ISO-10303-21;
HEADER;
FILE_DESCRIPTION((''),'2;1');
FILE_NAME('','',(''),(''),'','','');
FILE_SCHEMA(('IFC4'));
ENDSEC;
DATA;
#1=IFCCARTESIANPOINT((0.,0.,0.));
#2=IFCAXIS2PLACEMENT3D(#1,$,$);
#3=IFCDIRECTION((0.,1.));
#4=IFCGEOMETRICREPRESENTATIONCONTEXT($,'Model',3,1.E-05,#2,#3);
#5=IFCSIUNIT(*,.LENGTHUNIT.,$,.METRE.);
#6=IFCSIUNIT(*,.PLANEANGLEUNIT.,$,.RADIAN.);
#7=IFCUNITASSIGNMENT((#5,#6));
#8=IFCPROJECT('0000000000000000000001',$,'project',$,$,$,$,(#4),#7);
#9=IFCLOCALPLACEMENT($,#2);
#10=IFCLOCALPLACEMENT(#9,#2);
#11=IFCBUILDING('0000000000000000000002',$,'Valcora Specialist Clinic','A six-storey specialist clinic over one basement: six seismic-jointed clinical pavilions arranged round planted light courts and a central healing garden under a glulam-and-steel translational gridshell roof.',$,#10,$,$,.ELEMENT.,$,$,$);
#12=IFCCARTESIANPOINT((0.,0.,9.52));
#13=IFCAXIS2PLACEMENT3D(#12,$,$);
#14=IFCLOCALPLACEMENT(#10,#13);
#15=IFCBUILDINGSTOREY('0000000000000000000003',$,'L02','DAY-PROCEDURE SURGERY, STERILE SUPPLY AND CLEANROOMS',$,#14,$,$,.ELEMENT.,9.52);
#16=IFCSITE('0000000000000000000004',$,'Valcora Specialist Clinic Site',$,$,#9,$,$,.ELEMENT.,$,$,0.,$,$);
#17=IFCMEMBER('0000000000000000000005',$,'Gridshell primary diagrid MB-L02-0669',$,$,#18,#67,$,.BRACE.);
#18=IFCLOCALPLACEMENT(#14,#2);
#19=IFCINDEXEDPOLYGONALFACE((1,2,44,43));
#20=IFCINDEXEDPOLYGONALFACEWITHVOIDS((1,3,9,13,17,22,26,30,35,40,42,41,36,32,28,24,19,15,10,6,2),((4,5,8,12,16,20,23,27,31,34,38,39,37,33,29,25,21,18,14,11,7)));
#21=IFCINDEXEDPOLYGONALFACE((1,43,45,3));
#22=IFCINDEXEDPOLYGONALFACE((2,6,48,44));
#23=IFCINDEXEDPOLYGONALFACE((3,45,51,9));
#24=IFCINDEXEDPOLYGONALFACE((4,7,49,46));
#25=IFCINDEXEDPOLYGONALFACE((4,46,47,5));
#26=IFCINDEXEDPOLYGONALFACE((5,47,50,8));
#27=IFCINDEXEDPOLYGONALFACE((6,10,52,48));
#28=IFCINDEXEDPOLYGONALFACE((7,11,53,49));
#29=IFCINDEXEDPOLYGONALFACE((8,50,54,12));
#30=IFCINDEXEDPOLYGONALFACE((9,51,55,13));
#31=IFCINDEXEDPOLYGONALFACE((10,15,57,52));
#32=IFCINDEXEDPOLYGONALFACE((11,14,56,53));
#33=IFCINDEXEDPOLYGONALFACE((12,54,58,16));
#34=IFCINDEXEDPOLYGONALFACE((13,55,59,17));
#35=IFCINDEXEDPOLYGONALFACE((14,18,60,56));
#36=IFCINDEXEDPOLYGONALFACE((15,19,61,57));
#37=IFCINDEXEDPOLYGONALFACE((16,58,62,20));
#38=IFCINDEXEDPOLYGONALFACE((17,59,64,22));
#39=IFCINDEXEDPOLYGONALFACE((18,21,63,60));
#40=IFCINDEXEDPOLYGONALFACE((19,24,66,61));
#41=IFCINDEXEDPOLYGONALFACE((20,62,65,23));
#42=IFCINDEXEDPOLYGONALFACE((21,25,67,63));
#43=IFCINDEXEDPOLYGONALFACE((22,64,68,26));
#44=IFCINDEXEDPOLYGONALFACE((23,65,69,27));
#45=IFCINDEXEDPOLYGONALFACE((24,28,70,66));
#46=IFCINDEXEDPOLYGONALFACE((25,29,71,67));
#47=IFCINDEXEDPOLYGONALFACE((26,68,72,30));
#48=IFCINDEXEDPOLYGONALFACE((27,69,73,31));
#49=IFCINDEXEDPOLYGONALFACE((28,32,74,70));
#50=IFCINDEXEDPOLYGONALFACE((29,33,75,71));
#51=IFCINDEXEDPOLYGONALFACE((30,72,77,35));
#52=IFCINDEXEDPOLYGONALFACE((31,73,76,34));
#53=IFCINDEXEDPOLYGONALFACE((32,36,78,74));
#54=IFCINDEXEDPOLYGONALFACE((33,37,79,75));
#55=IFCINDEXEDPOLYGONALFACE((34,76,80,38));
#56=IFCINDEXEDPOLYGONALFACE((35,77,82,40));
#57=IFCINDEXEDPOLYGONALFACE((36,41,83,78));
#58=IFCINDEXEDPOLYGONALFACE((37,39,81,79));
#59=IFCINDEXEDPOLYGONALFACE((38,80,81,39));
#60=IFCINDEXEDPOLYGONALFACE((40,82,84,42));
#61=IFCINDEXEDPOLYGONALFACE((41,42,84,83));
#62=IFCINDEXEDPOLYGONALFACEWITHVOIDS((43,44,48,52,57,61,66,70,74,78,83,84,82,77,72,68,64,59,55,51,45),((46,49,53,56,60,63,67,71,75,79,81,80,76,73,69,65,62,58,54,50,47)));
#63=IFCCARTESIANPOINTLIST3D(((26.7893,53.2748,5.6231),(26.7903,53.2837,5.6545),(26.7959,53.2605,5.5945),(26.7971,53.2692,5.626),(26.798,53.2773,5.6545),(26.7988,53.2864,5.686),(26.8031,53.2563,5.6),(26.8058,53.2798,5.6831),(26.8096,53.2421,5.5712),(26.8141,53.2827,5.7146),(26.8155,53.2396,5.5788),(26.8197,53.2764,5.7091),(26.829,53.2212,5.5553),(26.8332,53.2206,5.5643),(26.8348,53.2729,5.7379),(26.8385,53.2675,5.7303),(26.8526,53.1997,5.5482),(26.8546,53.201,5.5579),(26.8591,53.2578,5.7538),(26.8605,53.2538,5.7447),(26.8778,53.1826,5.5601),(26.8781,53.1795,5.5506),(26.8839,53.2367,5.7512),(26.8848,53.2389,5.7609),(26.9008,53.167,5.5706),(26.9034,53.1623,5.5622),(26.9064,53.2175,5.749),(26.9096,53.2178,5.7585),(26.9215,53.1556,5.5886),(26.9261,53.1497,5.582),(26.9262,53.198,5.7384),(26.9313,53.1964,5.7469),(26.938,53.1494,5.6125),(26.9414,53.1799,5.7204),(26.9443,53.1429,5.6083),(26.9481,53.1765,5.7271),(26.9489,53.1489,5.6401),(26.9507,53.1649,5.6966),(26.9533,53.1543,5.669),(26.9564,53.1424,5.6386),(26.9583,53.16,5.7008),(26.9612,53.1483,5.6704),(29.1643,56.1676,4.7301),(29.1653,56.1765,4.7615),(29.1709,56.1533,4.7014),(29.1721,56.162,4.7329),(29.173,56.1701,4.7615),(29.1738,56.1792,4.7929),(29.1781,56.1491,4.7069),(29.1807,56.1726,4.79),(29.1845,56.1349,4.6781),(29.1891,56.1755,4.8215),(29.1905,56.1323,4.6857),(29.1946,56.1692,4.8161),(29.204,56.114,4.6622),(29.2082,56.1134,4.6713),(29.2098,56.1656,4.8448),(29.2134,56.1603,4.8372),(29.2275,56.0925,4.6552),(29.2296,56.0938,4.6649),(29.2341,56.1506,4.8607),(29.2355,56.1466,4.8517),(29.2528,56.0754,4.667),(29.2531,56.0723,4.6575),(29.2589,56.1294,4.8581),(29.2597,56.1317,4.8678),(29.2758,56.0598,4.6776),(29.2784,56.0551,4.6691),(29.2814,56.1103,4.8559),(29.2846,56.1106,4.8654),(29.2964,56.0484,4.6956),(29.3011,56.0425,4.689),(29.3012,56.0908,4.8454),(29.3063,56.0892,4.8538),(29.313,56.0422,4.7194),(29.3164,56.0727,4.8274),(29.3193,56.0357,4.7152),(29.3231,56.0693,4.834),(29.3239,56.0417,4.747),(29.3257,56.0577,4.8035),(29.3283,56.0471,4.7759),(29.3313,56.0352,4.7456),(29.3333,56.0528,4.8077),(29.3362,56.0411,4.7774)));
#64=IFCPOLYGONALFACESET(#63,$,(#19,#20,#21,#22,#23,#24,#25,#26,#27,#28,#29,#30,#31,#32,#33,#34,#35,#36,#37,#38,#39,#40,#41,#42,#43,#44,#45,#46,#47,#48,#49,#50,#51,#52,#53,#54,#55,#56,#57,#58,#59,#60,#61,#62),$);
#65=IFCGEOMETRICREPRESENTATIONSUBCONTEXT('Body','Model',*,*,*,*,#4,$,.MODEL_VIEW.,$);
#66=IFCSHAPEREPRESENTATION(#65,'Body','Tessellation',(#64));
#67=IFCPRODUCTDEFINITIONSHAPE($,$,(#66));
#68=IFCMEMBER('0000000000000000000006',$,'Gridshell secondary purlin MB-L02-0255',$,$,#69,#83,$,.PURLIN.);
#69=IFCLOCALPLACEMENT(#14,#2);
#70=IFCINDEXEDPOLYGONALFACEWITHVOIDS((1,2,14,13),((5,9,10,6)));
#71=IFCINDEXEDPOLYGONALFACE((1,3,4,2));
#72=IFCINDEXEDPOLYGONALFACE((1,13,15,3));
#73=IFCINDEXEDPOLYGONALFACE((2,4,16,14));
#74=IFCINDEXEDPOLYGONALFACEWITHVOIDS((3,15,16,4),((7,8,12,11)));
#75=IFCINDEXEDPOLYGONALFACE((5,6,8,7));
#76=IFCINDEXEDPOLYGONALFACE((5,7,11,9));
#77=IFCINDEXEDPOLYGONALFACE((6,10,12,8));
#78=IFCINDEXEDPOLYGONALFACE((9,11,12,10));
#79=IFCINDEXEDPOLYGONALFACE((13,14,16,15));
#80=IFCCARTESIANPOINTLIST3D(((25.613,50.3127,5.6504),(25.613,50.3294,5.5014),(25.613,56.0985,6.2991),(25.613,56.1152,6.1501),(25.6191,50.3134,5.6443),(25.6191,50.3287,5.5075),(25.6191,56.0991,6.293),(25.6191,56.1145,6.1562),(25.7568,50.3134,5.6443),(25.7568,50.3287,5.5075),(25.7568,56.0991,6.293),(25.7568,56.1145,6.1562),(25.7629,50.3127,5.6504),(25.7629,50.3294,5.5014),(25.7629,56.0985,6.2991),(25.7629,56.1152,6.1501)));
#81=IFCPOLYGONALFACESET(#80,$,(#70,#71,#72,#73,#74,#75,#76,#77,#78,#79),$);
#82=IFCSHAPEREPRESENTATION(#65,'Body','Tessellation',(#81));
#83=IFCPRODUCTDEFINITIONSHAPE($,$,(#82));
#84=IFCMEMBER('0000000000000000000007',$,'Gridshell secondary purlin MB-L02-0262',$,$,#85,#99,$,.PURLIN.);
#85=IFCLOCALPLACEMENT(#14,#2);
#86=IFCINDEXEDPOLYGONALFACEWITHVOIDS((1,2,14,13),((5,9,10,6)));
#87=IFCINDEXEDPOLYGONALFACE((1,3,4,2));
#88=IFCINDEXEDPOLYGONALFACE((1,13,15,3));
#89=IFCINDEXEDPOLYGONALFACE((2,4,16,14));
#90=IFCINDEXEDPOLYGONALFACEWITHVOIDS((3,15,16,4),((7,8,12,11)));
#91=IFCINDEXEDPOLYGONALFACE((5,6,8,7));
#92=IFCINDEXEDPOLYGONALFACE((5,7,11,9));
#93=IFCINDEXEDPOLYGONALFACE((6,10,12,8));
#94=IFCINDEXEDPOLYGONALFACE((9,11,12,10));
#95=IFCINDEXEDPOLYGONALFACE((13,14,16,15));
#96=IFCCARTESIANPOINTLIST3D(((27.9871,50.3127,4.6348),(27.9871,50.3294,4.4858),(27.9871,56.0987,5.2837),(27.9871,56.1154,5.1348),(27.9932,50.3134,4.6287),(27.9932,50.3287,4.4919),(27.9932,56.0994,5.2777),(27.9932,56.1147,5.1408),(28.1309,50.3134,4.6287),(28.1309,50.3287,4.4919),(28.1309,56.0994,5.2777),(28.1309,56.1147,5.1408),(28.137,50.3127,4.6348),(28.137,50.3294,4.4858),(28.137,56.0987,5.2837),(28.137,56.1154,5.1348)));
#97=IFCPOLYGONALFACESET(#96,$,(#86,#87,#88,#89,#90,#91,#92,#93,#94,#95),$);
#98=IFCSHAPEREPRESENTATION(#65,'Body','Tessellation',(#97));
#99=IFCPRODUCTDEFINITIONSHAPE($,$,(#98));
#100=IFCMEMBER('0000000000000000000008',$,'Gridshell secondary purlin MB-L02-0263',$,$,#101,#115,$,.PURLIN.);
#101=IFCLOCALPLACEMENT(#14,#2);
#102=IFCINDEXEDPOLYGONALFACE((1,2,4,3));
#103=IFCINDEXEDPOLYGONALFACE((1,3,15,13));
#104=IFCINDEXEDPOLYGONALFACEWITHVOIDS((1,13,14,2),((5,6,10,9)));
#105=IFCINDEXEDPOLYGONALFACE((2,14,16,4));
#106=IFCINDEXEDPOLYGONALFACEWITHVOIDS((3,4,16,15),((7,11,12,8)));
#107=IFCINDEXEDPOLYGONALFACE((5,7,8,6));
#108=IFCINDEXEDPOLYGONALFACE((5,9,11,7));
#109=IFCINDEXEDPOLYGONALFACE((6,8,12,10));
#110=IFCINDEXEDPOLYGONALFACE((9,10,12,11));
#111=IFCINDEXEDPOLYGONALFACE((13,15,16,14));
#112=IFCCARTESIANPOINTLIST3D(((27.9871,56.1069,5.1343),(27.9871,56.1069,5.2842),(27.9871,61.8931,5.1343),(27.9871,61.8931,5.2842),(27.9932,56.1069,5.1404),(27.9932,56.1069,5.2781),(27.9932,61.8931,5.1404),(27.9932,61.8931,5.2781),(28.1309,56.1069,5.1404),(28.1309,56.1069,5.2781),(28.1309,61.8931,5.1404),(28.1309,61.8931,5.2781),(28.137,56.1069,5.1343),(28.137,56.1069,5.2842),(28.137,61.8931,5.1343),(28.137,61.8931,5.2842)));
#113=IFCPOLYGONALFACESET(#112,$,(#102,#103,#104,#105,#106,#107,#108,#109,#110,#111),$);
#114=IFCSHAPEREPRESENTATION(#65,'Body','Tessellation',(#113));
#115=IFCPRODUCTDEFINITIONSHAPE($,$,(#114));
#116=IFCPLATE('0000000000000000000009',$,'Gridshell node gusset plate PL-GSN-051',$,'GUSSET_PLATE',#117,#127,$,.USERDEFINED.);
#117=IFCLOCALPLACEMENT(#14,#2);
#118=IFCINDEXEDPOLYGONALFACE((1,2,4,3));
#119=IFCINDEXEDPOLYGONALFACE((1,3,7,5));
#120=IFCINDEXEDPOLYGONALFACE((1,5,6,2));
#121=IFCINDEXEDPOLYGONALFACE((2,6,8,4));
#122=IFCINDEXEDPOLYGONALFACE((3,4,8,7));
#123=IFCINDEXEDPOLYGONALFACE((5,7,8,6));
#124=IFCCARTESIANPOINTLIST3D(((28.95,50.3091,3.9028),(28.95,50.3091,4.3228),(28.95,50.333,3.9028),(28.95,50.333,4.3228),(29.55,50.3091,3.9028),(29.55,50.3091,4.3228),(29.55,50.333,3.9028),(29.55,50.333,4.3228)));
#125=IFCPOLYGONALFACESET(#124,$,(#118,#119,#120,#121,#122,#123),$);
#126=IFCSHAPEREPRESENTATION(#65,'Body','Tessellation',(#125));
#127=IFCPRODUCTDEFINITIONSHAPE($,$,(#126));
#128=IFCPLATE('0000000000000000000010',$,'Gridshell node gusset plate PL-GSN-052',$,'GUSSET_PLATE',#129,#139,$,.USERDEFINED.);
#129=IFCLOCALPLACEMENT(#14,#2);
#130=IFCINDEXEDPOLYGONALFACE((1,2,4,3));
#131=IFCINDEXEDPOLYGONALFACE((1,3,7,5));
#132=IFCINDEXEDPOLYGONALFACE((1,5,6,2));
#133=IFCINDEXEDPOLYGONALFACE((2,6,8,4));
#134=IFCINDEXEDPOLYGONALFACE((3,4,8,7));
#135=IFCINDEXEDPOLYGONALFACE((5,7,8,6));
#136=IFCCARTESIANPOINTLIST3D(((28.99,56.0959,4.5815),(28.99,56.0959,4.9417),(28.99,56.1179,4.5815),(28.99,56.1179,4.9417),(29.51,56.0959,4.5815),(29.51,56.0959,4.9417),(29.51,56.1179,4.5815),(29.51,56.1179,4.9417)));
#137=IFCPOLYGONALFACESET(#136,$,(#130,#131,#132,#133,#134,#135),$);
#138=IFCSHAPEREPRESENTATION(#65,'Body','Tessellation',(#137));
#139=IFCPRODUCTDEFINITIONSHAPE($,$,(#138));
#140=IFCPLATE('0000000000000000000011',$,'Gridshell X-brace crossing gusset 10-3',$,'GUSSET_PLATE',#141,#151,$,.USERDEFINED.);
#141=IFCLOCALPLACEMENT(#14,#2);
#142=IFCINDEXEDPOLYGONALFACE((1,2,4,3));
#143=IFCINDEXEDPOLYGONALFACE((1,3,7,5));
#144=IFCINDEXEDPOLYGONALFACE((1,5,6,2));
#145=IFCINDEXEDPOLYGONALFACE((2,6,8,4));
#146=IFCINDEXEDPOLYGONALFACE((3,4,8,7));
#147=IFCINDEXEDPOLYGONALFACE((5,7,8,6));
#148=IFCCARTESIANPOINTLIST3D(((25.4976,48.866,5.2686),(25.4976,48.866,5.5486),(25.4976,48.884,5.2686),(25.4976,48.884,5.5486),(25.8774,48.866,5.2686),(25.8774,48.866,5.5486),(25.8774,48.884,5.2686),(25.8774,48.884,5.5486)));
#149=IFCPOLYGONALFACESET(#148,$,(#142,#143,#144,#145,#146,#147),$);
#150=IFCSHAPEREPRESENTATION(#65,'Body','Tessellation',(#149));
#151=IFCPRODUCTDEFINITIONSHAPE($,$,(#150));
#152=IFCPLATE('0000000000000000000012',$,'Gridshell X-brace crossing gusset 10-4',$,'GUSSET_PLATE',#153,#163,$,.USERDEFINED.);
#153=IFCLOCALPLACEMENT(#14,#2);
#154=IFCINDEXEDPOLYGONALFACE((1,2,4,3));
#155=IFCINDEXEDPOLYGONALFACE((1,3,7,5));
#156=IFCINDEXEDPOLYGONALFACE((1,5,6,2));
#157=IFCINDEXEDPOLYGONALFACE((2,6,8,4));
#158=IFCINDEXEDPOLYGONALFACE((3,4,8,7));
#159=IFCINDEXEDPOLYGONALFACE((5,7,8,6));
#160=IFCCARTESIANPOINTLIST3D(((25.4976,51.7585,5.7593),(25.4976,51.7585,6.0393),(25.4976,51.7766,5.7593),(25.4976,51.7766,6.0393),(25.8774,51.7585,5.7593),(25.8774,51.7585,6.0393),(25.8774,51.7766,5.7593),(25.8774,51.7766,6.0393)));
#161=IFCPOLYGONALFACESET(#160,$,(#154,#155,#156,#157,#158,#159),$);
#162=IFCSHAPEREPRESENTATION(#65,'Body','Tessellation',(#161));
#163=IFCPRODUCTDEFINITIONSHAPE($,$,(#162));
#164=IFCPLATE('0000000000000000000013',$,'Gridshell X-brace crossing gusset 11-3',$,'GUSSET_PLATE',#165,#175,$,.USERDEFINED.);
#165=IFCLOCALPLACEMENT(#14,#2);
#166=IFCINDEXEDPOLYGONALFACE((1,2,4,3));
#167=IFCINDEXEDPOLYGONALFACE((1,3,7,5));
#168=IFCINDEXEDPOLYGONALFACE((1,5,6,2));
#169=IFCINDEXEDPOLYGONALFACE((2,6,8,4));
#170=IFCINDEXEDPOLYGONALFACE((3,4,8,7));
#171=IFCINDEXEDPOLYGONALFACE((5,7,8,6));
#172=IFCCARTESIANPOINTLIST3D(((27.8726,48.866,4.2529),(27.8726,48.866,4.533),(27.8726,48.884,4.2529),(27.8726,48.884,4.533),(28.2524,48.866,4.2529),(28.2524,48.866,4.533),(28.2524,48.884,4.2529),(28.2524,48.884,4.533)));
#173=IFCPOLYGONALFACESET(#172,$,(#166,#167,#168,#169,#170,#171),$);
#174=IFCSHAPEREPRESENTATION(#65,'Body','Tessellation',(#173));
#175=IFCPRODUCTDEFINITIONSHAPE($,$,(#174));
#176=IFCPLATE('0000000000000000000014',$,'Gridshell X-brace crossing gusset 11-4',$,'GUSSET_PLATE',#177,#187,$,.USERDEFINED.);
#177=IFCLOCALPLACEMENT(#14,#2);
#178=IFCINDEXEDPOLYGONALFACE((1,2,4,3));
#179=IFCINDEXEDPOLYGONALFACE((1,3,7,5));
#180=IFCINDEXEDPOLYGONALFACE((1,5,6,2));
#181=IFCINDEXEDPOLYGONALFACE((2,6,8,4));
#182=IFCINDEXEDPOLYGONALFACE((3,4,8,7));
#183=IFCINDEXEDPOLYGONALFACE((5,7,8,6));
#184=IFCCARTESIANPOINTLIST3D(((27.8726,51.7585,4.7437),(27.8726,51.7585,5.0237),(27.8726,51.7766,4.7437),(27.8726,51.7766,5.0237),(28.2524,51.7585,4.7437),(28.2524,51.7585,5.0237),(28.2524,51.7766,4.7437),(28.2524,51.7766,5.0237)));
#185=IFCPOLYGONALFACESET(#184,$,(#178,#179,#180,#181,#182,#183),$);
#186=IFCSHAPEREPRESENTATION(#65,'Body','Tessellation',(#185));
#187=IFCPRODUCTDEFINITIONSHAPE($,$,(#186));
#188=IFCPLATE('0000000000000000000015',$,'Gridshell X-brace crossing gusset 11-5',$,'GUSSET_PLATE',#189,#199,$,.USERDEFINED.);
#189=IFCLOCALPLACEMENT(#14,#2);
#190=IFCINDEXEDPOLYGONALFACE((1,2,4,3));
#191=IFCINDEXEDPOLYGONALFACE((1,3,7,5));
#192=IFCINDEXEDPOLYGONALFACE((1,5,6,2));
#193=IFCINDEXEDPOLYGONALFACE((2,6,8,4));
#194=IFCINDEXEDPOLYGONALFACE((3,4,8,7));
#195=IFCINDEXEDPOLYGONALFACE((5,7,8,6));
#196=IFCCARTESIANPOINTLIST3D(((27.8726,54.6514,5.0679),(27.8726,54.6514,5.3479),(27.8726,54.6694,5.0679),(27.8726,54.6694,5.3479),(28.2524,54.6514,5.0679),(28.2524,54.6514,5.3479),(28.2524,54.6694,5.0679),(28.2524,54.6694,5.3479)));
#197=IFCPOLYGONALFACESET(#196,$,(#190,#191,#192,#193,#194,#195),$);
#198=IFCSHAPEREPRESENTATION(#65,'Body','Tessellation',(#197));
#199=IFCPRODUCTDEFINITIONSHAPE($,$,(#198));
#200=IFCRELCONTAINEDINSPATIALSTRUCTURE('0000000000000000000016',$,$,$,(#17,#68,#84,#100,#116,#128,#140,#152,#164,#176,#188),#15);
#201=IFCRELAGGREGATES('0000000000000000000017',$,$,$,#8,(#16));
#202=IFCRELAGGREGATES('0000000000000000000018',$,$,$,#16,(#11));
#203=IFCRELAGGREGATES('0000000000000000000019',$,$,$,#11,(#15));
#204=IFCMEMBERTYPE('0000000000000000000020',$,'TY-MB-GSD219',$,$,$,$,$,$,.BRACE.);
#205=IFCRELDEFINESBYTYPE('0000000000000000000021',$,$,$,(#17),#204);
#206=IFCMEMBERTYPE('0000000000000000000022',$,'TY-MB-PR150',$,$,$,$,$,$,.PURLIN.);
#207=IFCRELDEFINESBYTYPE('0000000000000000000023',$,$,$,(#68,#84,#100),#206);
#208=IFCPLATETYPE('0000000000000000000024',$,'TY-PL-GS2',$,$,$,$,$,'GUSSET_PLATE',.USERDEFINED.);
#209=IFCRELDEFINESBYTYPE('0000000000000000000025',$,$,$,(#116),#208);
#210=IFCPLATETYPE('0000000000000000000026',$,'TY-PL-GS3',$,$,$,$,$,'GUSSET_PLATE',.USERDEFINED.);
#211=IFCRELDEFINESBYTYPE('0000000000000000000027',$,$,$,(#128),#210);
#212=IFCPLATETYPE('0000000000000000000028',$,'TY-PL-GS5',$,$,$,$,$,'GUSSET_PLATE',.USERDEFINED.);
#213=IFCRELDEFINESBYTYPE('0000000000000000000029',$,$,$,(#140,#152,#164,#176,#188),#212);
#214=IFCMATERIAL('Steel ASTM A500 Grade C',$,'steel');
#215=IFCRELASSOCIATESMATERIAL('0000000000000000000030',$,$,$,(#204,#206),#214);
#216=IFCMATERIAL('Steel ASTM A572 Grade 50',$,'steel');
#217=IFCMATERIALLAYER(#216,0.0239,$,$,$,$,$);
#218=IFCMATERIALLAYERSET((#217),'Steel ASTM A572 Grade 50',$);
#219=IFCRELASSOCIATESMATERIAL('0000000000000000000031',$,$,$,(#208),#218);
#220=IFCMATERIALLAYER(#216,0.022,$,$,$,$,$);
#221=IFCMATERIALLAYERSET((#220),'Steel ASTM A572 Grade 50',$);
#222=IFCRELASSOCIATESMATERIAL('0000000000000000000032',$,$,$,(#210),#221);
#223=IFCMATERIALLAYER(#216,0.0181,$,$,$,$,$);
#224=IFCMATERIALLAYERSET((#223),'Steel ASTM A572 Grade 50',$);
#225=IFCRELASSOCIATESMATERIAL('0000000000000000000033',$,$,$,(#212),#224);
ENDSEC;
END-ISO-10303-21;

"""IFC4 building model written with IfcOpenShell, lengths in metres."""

from ifc_helpers import new_model, si_unit, direction, frame, origin, origin_2d, place, context, subcontext, project, spatial, rectangle, hollow_rectangle, hollow_circle, extrude, material, layer, layer_set, material_profile, profile_set, type_object, element, save


model = new_model("IFC4")

# Units and contexts
model_context = context("Model", 3, precision=1e-05, world=origin(), true_north=direction((0.0, 1.0)))
body_context = subcontext(model_context, "Body", "Model", "MODEL_VIEW")
ifc_project = project(units=[si_unit("LENGTHUNIT", "METRE"), si_unit("PLANEANGLEUNIT", "RADIAN")], contexts=[model_context])

# Site, building, storey
site_placement = place(None, origin())
site = spatial("IfcSite", under=ifc_project, at=site_placement, Name="Valcora Specialist Clinic Site", CompositionType="ELEMENT", RefElevation=0.0)
building_placement = place(site_placement, origin())
building = spatial("IfcBuilding", under=site, at=building_placement, Name="Valcora Specialist Clinic", Description="A six-storey specialist clinic over one basement: six seismic-jointed clinical pavilions arranged round planted light courts and a central healing garden under a glulam-and-steel translational gridshell roof.", CompositionType="ELEMENT")
storey_placement = place(building_placement, frame((0.0, 0.0, 9.52)))
storey = spatial("IfcBuildingStorey", under=building, at=storey_placement, Name="L02", Description="DAY-PROCEDURE SURGERY, STERILE SUPPLY AND CLEANROOMS", CompositionType="ELEMENT", Elevation=9.52)

# Members
ifc_material_1 = material(Name="Steel ASTM A500 Grade C", Category="steel")
ifc_material_profile_1 = material_profile(ifc_material_1, hollow_circle(Radius=0.1096, WallThickness=0.01, at=origin_2d()), Name="ST-CHS-219X10")
ifc_profile_set_1 = profile_set([ifc_material_profile_1], Name="Steel ASTM A500 Grade C")
member_type_1 = type_object("IfcMemberType", Name="TY-MB-GSD219", PredefinedType="BRACE", material=ifc_profile_set_1)
member_1_placement = place(storey_placement, frame((26.875, 53.2141, 5.6545), z_axis=(0.617214, 0.751785, -0.23209), x_axis=(-0.77289, 0.63454, 0.0)))
element("IfcMember", 1, at=member_1_placement, inside=storey, type_object=member_type_1, Name="Gridshell primary diagrid MB-L02-0669", PredefinedType="BRACE", context=body_context, shape_type="SweptSolid", body=[
    extrude(hollow_circle(Radius=0.1096, WallThickness=0.01, at=origin_2d()), origin(), (0.0, 0.0, 1.0), 3.8479),
])
ifc_material_profile_2 = material_profile(ifc_material_1, hollow_rectangle(XDim=0.1499, YDim=0.1499, WallThickness=0.0061, at=origin_2d()), Name="ST-RHS-150X150X6")
ifc_profile_set_2 = profile_set([ifc_material_profile_2], Name="Steel ASTM A500 Grade C")
member_type_2 = type_object("IfcMemberType", Name="TY-MB-PR150", PredefinedType="PURLIN", material=ifc_profile_set_2)
member_2_placement = place(storey_placement, frame((25.688, 50.321, 5.5759), z_axis=(0.0, 0.993774, 0.111416), x_axis=(-1.0, 0.0, 0.0)))
element("IfcMember", 2, at=member_2_placement, inside=storey, type_object=member_type_2, Name="Gridshell secondary purlin MB-L02-0255", PredefinedType="PURLIN", context=body_context, shape_type="SweptSolid", body=[
    extrude(hollow_rectangle(XDim=0.1499, YDim=0.1499, WallThickness=0.0061, at=origin_2d()), origin(), (0.0, 0.0, 1.0), 5.822),
])
member_3_placement = place(storey_placement, frame((28.062, 50.321, 4.5603), z_axis=(0.0, 0.993769, 0.111458), x_axis=(-1.0, 0.0, 0.0)))
element("IfcMember", 3, at=member_3_placement, inside=storey, type_object=member_type_2, Name="Gridshell secondary purlin MB-L02-0262", PredefinedType="PURLIN", context=body_context, shape_type="SweptSolid", body=[
    extrude(hollow_rectangle(XDim=0.1499, YDim=0.1499, WallThickness=0.0061, at=origin_2d()), origin(), (0.0, 0.0, 1.0), 5.8223),
])
member_4_placement = place(storey_placement, frame((28.062, 56.1069, 5.2092), z_axis=(0.0, 1.0, 0.0), x_axis=(-1.0, 0.0, 0.0)))
element("IfcMember", 4, at=member_4_placement, inside=storey, type_object=member_type_2, Name="Gridshell secondary purlin MB-L02-0263", PredefinedType="PURLIN", context=body_context, shape_type="SweptSolid", body=[
    extrude(hollow_rectangle(XDim=0.1499, YDim=0.1499, WallThickness=0.0061, at=origin_2d()), origin(), (0.0, 0.0, 1.0), 5.7861),
])

# Plates
ifc_material_2 = material(Name="Steel ASTM A572 Grade 50", Category="steel")
ifc_layer_1 = layer(ifc_material_2, 0.0239)
ifc_layer_set_1 = layer_set([ifc_layer_1], Name="Steel ASTM A572 Grade 50")
plate_type_1 = type_object("IfcPlateType", Name="TY-PL-GS2", ElementType="GUSSET_PLATE", PredefinedType="USERDEFINED", material=ifc_layer_set_1)
plate_1_placement = place(storey_placement, frame((29.25, 50.321, 3.9028), z_axis=(0.0, 0.0, 1.0), x_axis=(1.0, 0.0, 0.0)))
element("IfcPlate", 5, at=plate_1_placement, inside=storey, type_object=plate_type_1, Name="Gridshell node gusset plate PL-GSN-051", ObjectType="GUSSET_PLATE", PredefinedType="USERDEFINED", context=body_context, shape_type="SweptSolid", body=[
    extrude(rectangle(XDim=0.6001, YDim=0.0239, at=origin_2d()), origin(), (0.0, 0.0, 1.0), 0.4199),
])
ifc_layer_2 = layer(ifc_material_2, 0.022)
ifc_layer_set_2 = layer_set([ifc_layer_2], Name="Steel ASTM A572 Grade 50")
plate_type_2 = type_object("IfcPlateType", Name="TY-PL-GS3", ElementType="GUSSET_PLATE", PredefinedType="USERDEFINED", material=ifc_layer_set_2)
plate_2_placement = place(storey_placement, frame((29.25, 56.1069, 4.5815), z_axis=(0.0, 0.0, 1.0), x_axis=(1.0, 0.0, 0.0)))
element("IfcPlate", 6, at=plate_2_placement, inside=storey, type_object=plate_type_2, Name="Gridshell node gusset plate PL-GSN-052", ObjectType="GUSSET_PLATE", PredefinedType="USERDEFINED", context=body_context, shape_type="SweptSolid", body=[
    extrude(rectangle(XDim=0.52, YDim=0.022, at=origin_2d()), origin(), (0.0, 0.0, 1.0), 0.3601),
])
ifc_layer_3 = layer(ifc_material_2, 0.0181)
ifc_layer_set_3 = layer_set([ifc_layer_3], Name="Steel ASTM A572 Grade 50")
plate_type_3 = type_object("IfcPlateType", Name="TY-PL-GS5", ElementType="GUSSET_PLATE", PredefinedType="USERDEFINED", material=ifc_layer_set_3)
for number, where, z_axis, x_axis, name in (
    (7, (25.6875, 48.875, 5.2686), (0.0, 0.0, 1.0), (1.0, 0.0, 0.0), "Gridshell X-brace crossing gusset 10-3"),
    (8, (25.6875, 51.7676, 5.7593), (0.0, 0.0, 1.0), (1.0, 0.0, 0.0), "Gridshell X-brace crossing gusset 10-4"),
    (9, (28.0625, 48.875, 4.2529), (0.0, 0.0, 1.0), (1.0, 0.0, 0.0), "Gridshell X-brace crossing gusset 11-3"),
    (10, (28.0625, 51.7676, 4.7437), (0.0, 0.0, 1.0), (1.0, 0.0, 0.0), "Gridshell X-brace crossing gusset 11-4"),
    (11, (28.0625, 54.6604, 5.0679), (0.0, 0.0, 1.0), (1.0, 0.0, 0.0), "Gridshell X-brace crossing gusset 11-5"),
):
    element("IfcPlate", number, at=place(storey_placement, frame(where, z_axis=z_axis, x_axis=x_axis)), inside=storey, type_object=plate_type_3, Name=name, ObjectType="GUSSET_PLATE", PredefinedType="USERDEFINED", context=body_context, shape_type="SweptSolid", body=[
        extrude(rectangle(XDim=0.3799, YDim=0.0181, at=origin_2d()), origin(), (0.0, 0.0, 1.0), 0.28),
    ])

save(model, "model.ifc")
